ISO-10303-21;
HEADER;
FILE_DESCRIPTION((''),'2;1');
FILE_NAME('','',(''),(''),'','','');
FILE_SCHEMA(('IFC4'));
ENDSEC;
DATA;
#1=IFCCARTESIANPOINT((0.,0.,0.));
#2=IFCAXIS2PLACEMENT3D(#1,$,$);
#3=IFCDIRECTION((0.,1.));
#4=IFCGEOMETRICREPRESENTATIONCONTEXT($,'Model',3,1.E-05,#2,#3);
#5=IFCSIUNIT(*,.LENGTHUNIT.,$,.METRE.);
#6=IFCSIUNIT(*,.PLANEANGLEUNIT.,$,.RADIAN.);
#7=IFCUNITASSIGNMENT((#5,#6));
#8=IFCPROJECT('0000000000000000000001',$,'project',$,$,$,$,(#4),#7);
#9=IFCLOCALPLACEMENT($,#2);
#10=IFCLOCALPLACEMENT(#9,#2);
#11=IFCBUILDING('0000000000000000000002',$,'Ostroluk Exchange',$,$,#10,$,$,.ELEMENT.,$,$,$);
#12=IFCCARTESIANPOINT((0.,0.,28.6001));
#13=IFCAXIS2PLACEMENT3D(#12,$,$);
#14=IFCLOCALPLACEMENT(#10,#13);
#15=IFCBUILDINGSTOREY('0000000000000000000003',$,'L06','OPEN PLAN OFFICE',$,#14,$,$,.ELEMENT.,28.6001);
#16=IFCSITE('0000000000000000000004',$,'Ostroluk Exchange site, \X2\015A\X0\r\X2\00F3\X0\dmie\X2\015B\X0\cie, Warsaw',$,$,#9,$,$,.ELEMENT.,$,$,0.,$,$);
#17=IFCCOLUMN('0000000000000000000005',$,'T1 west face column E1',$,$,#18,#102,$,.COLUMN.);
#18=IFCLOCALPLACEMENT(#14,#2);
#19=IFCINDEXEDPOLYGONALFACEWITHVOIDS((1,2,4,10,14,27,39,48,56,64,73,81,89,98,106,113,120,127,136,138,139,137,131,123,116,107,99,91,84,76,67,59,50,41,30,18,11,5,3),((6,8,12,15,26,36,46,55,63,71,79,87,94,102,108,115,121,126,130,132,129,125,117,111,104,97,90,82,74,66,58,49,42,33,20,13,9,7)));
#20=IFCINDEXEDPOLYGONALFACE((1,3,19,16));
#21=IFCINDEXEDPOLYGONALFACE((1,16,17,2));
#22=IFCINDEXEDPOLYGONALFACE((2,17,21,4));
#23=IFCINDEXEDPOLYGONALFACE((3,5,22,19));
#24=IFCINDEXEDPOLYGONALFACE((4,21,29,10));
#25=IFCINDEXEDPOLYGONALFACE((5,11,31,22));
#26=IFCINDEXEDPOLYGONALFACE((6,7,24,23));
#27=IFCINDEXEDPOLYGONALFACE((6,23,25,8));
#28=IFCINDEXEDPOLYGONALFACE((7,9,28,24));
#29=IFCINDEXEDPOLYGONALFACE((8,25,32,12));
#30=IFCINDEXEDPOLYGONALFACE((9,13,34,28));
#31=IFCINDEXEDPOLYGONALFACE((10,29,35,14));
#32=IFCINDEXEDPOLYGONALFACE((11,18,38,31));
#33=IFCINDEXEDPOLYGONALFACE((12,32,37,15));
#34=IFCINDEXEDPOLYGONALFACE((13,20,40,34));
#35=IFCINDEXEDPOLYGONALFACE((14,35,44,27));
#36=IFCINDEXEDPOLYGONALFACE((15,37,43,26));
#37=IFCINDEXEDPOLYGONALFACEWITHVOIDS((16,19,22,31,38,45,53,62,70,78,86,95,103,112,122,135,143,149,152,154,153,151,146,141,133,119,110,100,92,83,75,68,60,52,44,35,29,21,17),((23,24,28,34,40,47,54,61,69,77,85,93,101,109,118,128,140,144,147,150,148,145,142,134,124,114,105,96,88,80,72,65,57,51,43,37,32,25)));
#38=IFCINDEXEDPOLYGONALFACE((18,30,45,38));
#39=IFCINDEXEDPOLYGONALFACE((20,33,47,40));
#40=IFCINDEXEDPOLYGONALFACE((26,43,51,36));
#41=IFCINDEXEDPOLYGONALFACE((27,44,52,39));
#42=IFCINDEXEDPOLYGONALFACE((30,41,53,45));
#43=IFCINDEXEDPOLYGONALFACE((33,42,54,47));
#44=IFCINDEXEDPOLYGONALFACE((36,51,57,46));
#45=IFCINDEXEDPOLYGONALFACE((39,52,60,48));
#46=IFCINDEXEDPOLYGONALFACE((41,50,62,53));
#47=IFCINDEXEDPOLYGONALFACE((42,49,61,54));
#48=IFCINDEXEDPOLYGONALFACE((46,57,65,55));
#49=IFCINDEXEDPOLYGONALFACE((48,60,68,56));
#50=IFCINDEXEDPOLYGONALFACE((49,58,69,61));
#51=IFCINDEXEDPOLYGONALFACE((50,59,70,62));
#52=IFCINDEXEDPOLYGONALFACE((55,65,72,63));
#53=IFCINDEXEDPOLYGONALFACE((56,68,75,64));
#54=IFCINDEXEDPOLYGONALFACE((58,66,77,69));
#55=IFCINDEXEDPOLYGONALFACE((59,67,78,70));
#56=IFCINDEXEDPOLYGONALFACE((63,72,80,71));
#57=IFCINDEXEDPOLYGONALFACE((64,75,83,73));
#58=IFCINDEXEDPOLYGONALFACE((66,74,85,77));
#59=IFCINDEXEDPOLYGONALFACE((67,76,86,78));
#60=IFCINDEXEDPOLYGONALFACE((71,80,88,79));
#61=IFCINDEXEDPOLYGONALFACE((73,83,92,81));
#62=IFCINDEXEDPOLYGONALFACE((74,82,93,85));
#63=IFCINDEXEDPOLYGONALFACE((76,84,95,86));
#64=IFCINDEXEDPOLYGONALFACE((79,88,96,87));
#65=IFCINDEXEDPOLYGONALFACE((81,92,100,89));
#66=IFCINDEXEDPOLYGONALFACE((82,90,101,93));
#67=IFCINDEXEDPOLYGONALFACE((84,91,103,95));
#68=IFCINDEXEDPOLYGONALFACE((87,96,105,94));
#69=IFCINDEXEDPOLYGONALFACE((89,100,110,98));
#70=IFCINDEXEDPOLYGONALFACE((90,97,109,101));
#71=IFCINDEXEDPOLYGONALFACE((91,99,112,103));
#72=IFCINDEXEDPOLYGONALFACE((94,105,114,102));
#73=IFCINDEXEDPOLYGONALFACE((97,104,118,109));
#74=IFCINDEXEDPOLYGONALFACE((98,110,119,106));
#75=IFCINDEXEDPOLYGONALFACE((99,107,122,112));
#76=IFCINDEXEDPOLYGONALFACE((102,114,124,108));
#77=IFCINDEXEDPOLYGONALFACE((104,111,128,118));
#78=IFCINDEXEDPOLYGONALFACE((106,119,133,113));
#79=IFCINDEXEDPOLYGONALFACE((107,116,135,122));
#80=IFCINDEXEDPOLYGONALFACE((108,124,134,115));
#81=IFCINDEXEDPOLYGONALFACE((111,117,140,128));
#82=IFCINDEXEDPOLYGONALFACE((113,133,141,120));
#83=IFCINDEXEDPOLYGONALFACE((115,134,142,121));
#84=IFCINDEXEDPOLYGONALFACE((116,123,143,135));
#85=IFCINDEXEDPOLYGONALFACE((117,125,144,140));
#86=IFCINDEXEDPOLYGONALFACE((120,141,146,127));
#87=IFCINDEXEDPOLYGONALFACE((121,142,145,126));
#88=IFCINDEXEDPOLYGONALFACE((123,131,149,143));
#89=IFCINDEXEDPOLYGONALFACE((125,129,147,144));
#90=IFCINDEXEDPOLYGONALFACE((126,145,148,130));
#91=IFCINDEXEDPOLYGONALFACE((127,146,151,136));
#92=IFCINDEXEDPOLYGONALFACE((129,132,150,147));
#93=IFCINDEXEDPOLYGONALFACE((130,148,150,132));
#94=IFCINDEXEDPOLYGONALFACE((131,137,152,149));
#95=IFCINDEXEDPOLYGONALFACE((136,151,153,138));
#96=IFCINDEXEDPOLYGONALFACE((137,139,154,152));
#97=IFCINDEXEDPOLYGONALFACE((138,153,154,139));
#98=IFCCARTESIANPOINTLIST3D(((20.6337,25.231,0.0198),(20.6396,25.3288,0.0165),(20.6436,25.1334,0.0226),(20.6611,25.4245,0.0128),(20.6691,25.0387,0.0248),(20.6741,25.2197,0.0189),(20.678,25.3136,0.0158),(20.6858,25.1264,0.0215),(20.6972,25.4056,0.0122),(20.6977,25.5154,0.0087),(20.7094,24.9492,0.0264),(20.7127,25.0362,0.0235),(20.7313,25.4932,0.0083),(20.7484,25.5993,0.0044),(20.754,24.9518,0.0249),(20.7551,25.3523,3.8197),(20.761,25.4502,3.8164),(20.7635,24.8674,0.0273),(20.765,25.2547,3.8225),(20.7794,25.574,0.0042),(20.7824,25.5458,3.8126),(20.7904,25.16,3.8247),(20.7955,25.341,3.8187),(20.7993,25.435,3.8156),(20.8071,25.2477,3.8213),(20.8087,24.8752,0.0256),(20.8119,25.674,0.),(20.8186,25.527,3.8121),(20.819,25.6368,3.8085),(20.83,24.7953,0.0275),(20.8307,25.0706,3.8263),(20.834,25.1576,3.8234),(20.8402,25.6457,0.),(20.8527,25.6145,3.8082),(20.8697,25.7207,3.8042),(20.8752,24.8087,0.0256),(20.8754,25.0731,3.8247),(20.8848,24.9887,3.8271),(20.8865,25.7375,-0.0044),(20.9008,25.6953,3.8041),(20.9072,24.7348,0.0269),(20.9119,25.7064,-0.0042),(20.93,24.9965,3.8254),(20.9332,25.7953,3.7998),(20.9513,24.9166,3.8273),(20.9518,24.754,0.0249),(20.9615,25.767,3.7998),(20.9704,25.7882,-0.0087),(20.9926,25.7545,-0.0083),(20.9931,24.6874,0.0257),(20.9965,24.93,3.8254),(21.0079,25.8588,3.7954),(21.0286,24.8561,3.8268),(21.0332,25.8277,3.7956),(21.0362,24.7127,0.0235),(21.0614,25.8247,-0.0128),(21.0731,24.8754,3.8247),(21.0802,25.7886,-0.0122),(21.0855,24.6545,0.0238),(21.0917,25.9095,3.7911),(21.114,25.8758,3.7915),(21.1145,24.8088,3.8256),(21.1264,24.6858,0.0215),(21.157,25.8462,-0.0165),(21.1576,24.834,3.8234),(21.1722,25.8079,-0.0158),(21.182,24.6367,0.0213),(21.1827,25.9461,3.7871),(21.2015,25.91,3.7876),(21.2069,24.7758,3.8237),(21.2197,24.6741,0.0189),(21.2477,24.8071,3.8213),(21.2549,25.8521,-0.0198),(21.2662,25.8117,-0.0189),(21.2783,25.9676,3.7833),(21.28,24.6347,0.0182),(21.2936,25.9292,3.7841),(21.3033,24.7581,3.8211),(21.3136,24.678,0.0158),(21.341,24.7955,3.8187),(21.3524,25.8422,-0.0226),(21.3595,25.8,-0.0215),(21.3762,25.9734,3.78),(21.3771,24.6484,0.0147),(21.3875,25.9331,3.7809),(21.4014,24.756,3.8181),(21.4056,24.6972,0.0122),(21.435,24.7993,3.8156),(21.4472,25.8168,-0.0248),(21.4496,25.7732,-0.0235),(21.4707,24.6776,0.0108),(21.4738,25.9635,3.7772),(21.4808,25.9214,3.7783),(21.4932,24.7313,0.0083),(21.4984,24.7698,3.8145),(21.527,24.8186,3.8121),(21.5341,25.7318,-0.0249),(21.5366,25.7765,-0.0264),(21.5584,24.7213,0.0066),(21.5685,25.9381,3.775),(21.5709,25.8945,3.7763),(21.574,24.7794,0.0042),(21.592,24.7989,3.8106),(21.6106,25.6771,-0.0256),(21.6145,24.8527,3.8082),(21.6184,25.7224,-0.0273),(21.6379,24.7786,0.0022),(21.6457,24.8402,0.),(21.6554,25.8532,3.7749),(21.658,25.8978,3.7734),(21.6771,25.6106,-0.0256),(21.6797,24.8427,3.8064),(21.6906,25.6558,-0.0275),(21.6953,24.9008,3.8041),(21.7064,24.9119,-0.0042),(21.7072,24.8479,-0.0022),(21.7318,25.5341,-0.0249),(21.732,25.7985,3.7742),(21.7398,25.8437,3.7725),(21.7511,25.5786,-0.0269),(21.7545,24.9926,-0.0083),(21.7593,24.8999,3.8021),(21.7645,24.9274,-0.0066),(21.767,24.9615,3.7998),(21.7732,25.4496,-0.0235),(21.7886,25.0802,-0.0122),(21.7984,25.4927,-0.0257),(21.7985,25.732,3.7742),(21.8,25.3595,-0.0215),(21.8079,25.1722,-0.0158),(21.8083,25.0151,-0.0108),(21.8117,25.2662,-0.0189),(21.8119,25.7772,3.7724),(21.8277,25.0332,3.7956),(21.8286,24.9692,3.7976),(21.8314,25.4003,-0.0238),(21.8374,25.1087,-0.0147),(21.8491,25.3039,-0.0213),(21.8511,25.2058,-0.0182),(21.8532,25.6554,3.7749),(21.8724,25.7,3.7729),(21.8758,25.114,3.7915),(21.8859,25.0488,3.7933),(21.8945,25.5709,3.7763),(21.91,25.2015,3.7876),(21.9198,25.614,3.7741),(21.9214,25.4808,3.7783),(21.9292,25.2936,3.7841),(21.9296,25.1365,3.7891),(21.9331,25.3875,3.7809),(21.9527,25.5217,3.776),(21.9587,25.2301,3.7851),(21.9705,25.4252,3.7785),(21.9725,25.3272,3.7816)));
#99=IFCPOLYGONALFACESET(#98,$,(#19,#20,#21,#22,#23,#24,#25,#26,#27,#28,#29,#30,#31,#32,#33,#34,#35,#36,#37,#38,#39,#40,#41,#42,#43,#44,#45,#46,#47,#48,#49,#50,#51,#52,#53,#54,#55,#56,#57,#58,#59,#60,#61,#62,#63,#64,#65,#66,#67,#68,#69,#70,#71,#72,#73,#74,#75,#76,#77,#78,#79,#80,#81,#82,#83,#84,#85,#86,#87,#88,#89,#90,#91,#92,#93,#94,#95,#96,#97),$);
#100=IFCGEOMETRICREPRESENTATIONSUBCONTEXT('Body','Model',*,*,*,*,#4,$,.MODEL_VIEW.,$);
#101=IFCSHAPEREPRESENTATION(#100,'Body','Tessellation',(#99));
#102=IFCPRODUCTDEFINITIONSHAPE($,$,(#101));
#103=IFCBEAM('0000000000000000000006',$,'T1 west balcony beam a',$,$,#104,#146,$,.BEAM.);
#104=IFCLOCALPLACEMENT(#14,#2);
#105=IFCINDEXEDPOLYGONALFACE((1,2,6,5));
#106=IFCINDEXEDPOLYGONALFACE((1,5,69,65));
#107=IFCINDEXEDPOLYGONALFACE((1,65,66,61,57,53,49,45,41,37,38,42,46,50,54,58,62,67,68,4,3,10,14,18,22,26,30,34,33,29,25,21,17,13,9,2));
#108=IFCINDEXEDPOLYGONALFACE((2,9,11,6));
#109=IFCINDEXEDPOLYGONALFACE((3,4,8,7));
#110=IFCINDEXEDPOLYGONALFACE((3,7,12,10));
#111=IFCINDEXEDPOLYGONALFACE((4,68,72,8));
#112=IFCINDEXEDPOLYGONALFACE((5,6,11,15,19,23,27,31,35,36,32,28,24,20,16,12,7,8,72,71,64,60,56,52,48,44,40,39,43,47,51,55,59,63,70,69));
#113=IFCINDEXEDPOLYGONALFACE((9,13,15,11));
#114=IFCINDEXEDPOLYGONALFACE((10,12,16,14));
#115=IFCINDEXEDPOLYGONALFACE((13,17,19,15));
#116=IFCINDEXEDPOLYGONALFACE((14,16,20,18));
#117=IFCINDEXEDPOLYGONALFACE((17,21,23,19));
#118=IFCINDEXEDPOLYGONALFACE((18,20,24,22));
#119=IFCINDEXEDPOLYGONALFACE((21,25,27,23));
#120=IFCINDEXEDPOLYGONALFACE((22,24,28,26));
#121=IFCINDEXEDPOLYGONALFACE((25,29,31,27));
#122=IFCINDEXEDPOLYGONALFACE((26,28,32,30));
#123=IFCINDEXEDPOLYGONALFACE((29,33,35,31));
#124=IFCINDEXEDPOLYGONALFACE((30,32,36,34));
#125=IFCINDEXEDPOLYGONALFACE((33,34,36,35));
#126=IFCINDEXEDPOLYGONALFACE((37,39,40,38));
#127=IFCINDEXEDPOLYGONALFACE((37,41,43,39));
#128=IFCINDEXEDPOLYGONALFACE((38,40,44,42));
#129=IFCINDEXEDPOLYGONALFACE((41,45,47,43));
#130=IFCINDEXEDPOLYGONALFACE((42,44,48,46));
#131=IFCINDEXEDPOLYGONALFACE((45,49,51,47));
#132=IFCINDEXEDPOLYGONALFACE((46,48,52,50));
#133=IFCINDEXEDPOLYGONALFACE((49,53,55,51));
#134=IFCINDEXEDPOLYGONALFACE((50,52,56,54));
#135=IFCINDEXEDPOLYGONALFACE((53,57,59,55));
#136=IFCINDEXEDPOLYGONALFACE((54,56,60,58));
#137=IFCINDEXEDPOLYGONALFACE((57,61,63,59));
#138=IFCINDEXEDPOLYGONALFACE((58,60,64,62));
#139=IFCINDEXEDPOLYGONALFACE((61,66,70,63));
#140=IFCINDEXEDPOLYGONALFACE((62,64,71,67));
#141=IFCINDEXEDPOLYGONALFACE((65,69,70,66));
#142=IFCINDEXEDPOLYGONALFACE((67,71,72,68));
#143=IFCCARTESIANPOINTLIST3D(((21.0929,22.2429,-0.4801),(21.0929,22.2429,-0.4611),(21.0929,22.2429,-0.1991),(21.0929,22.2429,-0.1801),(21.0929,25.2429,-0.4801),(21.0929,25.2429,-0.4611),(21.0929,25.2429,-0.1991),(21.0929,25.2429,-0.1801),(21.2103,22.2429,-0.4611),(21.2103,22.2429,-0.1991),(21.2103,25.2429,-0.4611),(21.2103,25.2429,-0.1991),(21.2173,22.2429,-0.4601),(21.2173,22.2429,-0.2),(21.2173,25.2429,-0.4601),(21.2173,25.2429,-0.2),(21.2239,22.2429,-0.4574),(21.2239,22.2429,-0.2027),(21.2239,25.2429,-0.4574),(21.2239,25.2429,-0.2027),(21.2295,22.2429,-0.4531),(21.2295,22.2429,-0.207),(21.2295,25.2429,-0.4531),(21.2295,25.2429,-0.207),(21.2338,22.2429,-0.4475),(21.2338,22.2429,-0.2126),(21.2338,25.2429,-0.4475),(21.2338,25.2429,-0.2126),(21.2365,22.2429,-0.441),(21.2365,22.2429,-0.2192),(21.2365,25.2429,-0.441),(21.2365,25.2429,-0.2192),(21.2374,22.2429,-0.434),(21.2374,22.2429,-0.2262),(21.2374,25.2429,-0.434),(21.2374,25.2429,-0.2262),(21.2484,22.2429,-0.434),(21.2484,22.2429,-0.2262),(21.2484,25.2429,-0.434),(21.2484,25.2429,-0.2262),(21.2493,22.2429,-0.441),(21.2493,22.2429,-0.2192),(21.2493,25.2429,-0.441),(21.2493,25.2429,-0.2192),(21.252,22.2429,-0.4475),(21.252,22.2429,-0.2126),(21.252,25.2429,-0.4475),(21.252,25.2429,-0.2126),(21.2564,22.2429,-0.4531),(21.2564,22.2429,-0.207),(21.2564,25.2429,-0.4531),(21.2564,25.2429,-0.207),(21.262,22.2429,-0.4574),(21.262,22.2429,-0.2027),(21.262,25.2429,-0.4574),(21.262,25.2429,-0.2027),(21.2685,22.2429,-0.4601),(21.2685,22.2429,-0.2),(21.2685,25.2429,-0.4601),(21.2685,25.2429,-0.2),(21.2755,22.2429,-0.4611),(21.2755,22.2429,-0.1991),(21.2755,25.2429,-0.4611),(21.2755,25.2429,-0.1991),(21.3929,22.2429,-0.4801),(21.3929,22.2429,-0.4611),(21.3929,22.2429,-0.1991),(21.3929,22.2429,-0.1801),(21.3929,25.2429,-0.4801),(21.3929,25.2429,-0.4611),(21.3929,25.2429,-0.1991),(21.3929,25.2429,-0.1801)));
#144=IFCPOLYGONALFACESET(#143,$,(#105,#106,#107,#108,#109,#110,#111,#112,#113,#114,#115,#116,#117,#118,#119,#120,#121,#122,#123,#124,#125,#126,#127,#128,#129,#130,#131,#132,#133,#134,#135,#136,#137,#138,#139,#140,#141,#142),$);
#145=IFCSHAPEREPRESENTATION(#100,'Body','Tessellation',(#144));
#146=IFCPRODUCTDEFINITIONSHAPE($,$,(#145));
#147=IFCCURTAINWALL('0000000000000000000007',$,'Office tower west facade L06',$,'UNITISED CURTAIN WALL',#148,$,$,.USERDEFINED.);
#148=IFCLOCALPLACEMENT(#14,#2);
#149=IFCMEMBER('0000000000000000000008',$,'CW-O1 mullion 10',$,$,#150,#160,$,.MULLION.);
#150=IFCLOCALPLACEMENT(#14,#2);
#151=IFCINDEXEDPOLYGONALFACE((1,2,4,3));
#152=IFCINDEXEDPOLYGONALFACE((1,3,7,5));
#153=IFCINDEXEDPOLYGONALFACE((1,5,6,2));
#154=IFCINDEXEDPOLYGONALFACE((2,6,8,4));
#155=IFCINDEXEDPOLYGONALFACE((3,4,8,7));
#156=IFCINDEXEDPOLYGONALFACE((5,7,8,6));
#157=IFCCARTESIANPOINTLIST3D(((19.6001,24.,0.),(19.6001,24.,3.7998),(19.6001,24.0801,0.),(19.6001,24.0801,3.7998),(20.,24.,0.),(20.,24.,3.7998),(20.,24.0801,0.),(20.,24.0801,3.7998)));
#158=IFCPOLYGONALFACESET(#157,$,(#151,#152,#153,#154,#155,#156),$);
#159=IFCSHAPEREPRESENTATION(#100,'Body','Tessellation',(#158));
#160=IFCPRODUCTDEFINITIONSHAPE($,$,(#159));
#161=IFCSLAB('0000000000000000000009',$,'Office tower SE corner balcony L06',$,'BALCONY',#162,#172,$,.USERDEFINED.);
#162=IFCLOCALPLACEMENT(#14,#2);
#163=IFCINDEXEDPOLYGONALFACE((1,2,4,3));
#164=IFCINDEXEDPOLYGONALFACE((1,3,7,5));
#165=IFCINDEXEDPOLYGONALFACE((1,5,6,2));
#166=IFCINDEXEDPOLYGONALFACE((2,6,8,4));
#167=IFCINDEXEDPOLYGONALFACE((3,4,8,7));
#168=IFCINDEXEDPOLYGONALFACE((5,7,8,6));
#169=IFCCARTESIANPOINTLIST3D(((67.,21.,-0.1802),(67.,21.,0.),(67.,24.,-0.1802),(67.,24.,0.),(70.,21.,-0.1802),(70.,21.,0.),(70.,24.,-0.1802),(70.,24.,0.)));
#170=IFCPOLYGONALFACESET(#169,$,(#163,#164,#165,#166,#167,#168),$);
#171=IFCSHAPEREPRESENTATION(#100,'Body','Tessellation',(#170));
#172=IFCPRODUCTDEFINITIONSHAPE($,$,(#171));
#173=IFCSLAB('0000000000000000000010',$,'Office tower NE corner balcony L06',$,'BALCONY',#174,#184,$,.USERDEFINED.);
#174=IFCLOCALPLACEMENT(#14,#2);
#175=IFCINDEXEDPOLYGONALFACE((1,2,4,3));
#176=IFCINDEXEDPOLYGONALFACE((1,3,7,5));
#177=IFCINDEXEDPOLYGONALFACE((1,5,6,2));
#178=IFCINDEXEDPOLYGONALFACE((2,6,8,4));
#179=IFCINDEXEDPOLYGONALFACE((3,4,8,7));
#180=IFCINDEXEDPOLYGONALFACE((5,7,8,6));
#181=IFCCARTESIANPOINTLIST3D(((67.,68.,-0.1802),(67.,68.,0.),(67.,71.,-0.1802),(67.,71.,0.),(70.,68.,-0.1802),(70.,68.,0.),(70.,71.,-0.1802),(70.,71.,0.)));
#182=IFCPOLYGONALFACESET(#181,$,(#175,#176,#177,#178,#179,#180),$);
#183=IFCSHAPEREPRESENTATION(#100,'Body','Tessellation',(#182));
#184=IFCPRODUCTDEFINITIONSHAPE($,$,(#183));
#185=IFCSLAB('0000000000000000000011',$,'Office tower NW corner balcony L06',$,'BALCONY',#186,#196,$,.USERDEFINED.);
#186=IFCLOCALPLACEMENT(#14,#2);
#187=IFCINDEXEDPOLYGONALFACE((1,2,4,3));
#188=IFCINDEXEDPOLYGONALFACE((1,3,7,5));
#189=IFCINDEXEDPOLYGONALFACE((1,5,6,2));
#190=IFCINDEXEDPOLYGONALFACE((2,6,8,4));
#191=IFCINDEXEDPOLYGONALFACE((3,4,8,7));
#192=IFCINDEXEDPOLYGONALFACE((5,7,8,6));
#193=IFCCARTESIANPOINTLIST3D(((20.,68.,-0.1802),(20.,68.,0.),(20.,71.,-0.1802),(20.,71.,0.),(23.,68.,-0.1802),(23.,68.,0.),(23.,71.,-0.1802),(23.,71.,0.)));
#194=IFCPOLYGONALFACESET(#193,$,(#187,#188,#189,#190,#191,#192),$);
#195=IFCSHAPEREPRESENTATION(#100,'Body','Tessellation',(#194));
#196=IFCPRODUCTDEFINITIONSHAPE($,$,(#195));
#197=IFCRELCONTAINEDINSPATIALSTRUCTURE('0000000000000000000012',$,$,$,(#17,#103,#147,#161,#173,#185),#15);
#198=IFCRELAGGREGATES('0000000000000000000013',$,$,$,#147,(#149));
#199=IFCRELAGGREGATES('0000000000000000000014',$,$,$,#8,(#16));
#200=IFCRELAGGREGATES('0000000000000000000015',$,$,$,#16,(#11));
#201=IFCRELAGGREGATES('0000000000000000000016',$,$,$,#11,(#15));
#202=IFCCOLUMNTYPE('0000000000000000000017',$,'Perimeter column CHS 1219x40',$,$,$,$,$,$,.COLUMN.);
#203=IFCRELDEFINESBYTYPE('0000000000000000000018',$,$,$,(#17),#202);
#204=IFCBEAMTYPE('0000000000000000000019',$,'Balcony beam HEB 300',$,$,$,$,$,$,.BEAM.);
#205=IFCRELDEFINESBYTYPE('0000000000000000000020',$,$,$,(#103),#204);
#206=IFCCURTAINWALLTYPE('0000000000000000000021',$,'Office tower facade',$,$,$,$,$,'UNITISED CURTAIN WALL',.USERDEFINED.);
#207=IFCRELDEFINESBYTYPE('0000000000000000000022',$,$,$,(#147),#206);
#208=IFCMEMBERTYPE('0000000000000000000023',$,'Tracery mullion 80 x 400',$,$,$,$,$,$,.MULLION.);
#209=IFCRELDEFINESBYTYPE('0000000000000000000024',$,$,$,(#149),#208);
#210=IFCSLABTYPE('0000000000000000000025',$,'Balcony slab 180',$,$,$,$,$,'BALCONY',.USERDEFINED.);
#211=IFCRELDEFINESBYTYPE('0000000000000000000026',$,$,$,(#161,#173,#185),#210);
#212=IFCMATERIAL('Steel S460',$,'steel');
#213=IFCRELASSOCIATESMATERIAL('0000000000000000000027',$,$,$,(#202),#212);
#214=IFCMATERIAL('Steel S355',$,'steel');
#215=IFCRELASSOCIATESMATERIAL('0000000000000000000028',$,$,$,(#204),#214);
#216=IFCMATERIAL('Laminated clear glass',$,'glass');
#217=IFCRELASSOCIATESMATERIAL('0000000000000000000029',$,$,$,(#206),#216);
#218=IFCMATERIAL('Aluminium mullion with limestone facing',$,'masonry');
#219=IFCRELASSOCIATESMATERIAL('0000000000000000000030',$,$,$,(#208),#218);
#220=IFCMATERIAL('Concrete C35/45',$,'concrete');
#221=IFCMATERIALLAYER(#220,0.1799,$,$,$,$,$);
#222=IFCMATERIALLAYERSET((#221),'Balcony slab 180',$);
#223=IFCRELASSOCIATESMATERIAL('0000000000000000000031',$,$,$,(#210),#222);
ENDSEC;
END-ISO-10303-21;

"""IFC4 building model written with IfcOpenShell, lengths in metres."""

from ifc_helpers import new_model, si_unit, direction, frame, origin, origin_2d, place, context, subcontext, project, spatial, polyline, rectangle, hollow_circle, i_section, outline, extrude, material, layer, layer_set, material_profile, profile_set, type_object, element, aggregate, save


model = new_model("IFC4")

# Units and contexts
model_context = context("Model", 3, precision=1e-05, world=origin(), true_north=direction((0.0, 1.0)))
body_context = subcontext(model_context, "Body", "Model", "MODEL_VIEW")
ifc_project = project(units=[si_unit("LENGTHUNIT", "METRE"), si_unit("PLANEANGLEUNIT", "RADIAN")], contexts=[model_context])

# Site, building, storey
site_placement = place(None, origin())
site = spatial("IfcSite", under=ifc_project, at=site_placement, Name="Ostroluk Exchange site, Śródmieście, Warsaw", CompositionType="ELEMENT", RefElevation=0.0)
building_placement = place(site_placement, origin())
building = spatial("IfcBuilding", under=site, at=building_placement, Name="Ostroluk Exchange", CompositionType="ELEMENT")
storey_placement = place(building_placement, frame((0.0, 0.0, 28.6001)))
storey = spatial("IfcBuildingStorey", under=building, at=storey_placement, Name="L06", Description="OPEN PLAN OFFICE", CompositionType="ELEMENT", Elevation=28.6001)

# Column
ifc_material_1 = material(Name="Steel S460", Category="steel")
ifc_material_profile_1 = material_profile(ifc_material_1, hollow_circle(Radius=0.6096, WallThickness=0.04, at=origin_2d()), Name="CHS 1219x40")
ifc_profile_set_1 = profile_set([ifc_material_profile_1], Name="Steel S460")
column_type = type_object("IfcColumnType", Name="Perimeter column CHS 1219x40", PredefinedType="COLUMN", material=ifc_profile_set_1)
column_placement = place(storey_placement, frame((21.2429, 25.2429, 0.0), z_axis=(0.0319, 0.0319, 0.998982), x_axis=(-0.707107, 0.707107, 0.0)))
element("IfcColumn", 1, at=column_placement, inside=storey, type_object=column_type, Name="T1 west face column E1", PredefinedType="COLUMN", context=body_context, shape_type="SweptSolid", body=[
    extrude(hollow_circle(Radius=0.6096, WallThickness=0.04, at=origin_2d()), origin(), (0.0, 0.0, 1.0), 3.8037),
])

# Beam
ifc_material_2 = material(Name="Steel S355", Category="steel")
ifc_material_profile_2 = material_profile(ifc_material_2, i_section(OverallWidth=0.3, OverallDepth=0.3, WebThickness=0.011, FlangeThickness=0.019, FilletRadius=0.0271, at=origin_2d()), Name="HEB 300")
ifc_profile_set_2 = profile_set([ifc_material_profile_2], Name="Steel S355")
beam_type = type_object("IfcBeamType", Name="Balcony beam HEB 300", PredefinedType="BEAM", material=ifc_profile_set_2)
beam_placement = place(storey_placement, frame((21.2429, 25.2429, -0.3301), z_axis=(0.0, -1.0, 0.0), x_axis=(1.0, 0.0, 0.0)))
element("IfcBeam", 2, at=beam_placement, inside=storey, type_object=beam_type, Name="T1 west balcony beam a", PredefinedType="BEAM", context=body_context, shape_type="SweptSolid", body=[
    extrude(i_section(OverallWidth=0.3, OverallDepth=0.3, WebThickness=0.011, FlangeThickness=0.019, FilletRadius=0.0271, at=origin_2d()), origin(), (0.0, 0.0, 1.0), 3.0),
])

# Curtain wall, member
ifc_material_3 = material(Name="Laminated clear glass", Category="glass")
curtain_wall_type = type_object("IfcCurtainWallType", Name="Office tower facade", ElementType="UNITISED CURTAIN WALL", PredefinedType="USERDEFINED", material=ifc_material_3)
curtain_wall_placement = place(storey_placement, origin())
curtain_wall = element("IfcCurtainWall", 3, at=curtain_wall_placement, inside=storey, type_object=curtain_wall_type, Name="Office tower west facade L06", ObjectType="UNITISED CURTAIN WALL", PredefinedType="USERDEFINED")
ifc_material_4 = material(Name="Aluminium mullion with limestone facing", Category="masonry")
ifc_material_profile_3 = material_profile(ifc_material_4, rectangle(XDim=0.3999, YDim=0.0801, at=origin_2d()), Name="Tracery mullion 80 x 400")
ifc_profile_set_3 = profile_set([ifc_material_profile_3], Name="Aluminium mullion with limestone facing")
member_type = type_object("IfcMemberType", Name="Tracery mullion 80 x 400", PredefinedType="MULLION", material=ifc_profile_set_3)
member_placement = place(storey_placement, frame((19.8, 24.04, 0.0), z_axis=(0.0, 0.0, 1.0), x_axis=(1.0, 0.0, 0.0)))
member = element("IfcMember", 4, at=member_placement, type_object=member_type, Name="CW-O1 mullion 10", PredefinedType="MULLION", context=body_context, shape_type="SweptSolid", body=[
    extrude(rectangle(XDim=0.3999, YDim=0.0801, at=origin_2d()), origin(), (0.0, 0.0, 1.0), 3.7998),
])
aggregate(curtain_wall, [member])

# Slabs
ifc_material_5 = material(Name="Concrete C35/45", Category="concrete")
ifc_layer_1 = layer(ifc_material_5, 0.1799)
ifc_layer_set_1 = layer_set([ifc_layer_1], Name="Balcony slab 180")
slab_type_1 = type_object("IfcSlabType", Name="Balcony slab 180", ElementType="BALCONY", PredefinedType="USERDEFINED", material=ifc_layer_set_1)
slab_1_placement = place(storey_placement, frame((0.0, 0.0, -0.1802)))
element("IfcSlab", 5, at=slab_1_placement, inside=storey, type_object=slab_type_1, Name="Office tower SE corner balcony L06", ObjectType="BALCONY", PredefinedType="USERDEFINED", context=body_context, shape_type="SweptSolid", body=[
    extrude(outline(polyline([(67.0, 21.0), (70.0, 21.0), (70.0, 24.0), (67.0, 24.0), (67.0, 21.0)])), origin(), (0.0, 0.0, 1.0), 0.1802),
])
slab_2_placement = place(storey_placement, frame((0.0, 0.0, -0.1802)))
element("IfcSlab", 6, at=slab_2_placement, inside=storey, type_object=slab_type_1, Name="Office tower NE corner balcony L06", ObjectType="BALCONY", PredefinedType="USERDEFINED", context=body_context, shape_type="SweptSolid", body=[
    extrude(outline(polyline([(67.0, 68.0), (70.0, 68.0), (70.0, 71.0), (67.0, 71.0), (67.0, 68.0)])), origin(), (0.0, 0.0, 1.0), 0.1802),
])
slab_3_placement = place(storey_placement, frame((0.0, 0.0, -0.1802)))
element("IfcSlab", 7, at=slab_3_placement, inside=storey, type_object=slab_type_1, Name="Office tower NW corner balcony L06", ObjectType="BALCONY", PredefinedType="USERDEFINED", context=body_context, shape_type="SweptSolid", body=[
    extrude(outline(polyline([(20.0, 68.0), (23.0, 68.0), (23.0, 71.0), (20.0, 71.0), (20.0, 68.0)])), origin(), (0.0, 0.0, 1.0), 0.1802),
])

save(model, "model.ifc")
